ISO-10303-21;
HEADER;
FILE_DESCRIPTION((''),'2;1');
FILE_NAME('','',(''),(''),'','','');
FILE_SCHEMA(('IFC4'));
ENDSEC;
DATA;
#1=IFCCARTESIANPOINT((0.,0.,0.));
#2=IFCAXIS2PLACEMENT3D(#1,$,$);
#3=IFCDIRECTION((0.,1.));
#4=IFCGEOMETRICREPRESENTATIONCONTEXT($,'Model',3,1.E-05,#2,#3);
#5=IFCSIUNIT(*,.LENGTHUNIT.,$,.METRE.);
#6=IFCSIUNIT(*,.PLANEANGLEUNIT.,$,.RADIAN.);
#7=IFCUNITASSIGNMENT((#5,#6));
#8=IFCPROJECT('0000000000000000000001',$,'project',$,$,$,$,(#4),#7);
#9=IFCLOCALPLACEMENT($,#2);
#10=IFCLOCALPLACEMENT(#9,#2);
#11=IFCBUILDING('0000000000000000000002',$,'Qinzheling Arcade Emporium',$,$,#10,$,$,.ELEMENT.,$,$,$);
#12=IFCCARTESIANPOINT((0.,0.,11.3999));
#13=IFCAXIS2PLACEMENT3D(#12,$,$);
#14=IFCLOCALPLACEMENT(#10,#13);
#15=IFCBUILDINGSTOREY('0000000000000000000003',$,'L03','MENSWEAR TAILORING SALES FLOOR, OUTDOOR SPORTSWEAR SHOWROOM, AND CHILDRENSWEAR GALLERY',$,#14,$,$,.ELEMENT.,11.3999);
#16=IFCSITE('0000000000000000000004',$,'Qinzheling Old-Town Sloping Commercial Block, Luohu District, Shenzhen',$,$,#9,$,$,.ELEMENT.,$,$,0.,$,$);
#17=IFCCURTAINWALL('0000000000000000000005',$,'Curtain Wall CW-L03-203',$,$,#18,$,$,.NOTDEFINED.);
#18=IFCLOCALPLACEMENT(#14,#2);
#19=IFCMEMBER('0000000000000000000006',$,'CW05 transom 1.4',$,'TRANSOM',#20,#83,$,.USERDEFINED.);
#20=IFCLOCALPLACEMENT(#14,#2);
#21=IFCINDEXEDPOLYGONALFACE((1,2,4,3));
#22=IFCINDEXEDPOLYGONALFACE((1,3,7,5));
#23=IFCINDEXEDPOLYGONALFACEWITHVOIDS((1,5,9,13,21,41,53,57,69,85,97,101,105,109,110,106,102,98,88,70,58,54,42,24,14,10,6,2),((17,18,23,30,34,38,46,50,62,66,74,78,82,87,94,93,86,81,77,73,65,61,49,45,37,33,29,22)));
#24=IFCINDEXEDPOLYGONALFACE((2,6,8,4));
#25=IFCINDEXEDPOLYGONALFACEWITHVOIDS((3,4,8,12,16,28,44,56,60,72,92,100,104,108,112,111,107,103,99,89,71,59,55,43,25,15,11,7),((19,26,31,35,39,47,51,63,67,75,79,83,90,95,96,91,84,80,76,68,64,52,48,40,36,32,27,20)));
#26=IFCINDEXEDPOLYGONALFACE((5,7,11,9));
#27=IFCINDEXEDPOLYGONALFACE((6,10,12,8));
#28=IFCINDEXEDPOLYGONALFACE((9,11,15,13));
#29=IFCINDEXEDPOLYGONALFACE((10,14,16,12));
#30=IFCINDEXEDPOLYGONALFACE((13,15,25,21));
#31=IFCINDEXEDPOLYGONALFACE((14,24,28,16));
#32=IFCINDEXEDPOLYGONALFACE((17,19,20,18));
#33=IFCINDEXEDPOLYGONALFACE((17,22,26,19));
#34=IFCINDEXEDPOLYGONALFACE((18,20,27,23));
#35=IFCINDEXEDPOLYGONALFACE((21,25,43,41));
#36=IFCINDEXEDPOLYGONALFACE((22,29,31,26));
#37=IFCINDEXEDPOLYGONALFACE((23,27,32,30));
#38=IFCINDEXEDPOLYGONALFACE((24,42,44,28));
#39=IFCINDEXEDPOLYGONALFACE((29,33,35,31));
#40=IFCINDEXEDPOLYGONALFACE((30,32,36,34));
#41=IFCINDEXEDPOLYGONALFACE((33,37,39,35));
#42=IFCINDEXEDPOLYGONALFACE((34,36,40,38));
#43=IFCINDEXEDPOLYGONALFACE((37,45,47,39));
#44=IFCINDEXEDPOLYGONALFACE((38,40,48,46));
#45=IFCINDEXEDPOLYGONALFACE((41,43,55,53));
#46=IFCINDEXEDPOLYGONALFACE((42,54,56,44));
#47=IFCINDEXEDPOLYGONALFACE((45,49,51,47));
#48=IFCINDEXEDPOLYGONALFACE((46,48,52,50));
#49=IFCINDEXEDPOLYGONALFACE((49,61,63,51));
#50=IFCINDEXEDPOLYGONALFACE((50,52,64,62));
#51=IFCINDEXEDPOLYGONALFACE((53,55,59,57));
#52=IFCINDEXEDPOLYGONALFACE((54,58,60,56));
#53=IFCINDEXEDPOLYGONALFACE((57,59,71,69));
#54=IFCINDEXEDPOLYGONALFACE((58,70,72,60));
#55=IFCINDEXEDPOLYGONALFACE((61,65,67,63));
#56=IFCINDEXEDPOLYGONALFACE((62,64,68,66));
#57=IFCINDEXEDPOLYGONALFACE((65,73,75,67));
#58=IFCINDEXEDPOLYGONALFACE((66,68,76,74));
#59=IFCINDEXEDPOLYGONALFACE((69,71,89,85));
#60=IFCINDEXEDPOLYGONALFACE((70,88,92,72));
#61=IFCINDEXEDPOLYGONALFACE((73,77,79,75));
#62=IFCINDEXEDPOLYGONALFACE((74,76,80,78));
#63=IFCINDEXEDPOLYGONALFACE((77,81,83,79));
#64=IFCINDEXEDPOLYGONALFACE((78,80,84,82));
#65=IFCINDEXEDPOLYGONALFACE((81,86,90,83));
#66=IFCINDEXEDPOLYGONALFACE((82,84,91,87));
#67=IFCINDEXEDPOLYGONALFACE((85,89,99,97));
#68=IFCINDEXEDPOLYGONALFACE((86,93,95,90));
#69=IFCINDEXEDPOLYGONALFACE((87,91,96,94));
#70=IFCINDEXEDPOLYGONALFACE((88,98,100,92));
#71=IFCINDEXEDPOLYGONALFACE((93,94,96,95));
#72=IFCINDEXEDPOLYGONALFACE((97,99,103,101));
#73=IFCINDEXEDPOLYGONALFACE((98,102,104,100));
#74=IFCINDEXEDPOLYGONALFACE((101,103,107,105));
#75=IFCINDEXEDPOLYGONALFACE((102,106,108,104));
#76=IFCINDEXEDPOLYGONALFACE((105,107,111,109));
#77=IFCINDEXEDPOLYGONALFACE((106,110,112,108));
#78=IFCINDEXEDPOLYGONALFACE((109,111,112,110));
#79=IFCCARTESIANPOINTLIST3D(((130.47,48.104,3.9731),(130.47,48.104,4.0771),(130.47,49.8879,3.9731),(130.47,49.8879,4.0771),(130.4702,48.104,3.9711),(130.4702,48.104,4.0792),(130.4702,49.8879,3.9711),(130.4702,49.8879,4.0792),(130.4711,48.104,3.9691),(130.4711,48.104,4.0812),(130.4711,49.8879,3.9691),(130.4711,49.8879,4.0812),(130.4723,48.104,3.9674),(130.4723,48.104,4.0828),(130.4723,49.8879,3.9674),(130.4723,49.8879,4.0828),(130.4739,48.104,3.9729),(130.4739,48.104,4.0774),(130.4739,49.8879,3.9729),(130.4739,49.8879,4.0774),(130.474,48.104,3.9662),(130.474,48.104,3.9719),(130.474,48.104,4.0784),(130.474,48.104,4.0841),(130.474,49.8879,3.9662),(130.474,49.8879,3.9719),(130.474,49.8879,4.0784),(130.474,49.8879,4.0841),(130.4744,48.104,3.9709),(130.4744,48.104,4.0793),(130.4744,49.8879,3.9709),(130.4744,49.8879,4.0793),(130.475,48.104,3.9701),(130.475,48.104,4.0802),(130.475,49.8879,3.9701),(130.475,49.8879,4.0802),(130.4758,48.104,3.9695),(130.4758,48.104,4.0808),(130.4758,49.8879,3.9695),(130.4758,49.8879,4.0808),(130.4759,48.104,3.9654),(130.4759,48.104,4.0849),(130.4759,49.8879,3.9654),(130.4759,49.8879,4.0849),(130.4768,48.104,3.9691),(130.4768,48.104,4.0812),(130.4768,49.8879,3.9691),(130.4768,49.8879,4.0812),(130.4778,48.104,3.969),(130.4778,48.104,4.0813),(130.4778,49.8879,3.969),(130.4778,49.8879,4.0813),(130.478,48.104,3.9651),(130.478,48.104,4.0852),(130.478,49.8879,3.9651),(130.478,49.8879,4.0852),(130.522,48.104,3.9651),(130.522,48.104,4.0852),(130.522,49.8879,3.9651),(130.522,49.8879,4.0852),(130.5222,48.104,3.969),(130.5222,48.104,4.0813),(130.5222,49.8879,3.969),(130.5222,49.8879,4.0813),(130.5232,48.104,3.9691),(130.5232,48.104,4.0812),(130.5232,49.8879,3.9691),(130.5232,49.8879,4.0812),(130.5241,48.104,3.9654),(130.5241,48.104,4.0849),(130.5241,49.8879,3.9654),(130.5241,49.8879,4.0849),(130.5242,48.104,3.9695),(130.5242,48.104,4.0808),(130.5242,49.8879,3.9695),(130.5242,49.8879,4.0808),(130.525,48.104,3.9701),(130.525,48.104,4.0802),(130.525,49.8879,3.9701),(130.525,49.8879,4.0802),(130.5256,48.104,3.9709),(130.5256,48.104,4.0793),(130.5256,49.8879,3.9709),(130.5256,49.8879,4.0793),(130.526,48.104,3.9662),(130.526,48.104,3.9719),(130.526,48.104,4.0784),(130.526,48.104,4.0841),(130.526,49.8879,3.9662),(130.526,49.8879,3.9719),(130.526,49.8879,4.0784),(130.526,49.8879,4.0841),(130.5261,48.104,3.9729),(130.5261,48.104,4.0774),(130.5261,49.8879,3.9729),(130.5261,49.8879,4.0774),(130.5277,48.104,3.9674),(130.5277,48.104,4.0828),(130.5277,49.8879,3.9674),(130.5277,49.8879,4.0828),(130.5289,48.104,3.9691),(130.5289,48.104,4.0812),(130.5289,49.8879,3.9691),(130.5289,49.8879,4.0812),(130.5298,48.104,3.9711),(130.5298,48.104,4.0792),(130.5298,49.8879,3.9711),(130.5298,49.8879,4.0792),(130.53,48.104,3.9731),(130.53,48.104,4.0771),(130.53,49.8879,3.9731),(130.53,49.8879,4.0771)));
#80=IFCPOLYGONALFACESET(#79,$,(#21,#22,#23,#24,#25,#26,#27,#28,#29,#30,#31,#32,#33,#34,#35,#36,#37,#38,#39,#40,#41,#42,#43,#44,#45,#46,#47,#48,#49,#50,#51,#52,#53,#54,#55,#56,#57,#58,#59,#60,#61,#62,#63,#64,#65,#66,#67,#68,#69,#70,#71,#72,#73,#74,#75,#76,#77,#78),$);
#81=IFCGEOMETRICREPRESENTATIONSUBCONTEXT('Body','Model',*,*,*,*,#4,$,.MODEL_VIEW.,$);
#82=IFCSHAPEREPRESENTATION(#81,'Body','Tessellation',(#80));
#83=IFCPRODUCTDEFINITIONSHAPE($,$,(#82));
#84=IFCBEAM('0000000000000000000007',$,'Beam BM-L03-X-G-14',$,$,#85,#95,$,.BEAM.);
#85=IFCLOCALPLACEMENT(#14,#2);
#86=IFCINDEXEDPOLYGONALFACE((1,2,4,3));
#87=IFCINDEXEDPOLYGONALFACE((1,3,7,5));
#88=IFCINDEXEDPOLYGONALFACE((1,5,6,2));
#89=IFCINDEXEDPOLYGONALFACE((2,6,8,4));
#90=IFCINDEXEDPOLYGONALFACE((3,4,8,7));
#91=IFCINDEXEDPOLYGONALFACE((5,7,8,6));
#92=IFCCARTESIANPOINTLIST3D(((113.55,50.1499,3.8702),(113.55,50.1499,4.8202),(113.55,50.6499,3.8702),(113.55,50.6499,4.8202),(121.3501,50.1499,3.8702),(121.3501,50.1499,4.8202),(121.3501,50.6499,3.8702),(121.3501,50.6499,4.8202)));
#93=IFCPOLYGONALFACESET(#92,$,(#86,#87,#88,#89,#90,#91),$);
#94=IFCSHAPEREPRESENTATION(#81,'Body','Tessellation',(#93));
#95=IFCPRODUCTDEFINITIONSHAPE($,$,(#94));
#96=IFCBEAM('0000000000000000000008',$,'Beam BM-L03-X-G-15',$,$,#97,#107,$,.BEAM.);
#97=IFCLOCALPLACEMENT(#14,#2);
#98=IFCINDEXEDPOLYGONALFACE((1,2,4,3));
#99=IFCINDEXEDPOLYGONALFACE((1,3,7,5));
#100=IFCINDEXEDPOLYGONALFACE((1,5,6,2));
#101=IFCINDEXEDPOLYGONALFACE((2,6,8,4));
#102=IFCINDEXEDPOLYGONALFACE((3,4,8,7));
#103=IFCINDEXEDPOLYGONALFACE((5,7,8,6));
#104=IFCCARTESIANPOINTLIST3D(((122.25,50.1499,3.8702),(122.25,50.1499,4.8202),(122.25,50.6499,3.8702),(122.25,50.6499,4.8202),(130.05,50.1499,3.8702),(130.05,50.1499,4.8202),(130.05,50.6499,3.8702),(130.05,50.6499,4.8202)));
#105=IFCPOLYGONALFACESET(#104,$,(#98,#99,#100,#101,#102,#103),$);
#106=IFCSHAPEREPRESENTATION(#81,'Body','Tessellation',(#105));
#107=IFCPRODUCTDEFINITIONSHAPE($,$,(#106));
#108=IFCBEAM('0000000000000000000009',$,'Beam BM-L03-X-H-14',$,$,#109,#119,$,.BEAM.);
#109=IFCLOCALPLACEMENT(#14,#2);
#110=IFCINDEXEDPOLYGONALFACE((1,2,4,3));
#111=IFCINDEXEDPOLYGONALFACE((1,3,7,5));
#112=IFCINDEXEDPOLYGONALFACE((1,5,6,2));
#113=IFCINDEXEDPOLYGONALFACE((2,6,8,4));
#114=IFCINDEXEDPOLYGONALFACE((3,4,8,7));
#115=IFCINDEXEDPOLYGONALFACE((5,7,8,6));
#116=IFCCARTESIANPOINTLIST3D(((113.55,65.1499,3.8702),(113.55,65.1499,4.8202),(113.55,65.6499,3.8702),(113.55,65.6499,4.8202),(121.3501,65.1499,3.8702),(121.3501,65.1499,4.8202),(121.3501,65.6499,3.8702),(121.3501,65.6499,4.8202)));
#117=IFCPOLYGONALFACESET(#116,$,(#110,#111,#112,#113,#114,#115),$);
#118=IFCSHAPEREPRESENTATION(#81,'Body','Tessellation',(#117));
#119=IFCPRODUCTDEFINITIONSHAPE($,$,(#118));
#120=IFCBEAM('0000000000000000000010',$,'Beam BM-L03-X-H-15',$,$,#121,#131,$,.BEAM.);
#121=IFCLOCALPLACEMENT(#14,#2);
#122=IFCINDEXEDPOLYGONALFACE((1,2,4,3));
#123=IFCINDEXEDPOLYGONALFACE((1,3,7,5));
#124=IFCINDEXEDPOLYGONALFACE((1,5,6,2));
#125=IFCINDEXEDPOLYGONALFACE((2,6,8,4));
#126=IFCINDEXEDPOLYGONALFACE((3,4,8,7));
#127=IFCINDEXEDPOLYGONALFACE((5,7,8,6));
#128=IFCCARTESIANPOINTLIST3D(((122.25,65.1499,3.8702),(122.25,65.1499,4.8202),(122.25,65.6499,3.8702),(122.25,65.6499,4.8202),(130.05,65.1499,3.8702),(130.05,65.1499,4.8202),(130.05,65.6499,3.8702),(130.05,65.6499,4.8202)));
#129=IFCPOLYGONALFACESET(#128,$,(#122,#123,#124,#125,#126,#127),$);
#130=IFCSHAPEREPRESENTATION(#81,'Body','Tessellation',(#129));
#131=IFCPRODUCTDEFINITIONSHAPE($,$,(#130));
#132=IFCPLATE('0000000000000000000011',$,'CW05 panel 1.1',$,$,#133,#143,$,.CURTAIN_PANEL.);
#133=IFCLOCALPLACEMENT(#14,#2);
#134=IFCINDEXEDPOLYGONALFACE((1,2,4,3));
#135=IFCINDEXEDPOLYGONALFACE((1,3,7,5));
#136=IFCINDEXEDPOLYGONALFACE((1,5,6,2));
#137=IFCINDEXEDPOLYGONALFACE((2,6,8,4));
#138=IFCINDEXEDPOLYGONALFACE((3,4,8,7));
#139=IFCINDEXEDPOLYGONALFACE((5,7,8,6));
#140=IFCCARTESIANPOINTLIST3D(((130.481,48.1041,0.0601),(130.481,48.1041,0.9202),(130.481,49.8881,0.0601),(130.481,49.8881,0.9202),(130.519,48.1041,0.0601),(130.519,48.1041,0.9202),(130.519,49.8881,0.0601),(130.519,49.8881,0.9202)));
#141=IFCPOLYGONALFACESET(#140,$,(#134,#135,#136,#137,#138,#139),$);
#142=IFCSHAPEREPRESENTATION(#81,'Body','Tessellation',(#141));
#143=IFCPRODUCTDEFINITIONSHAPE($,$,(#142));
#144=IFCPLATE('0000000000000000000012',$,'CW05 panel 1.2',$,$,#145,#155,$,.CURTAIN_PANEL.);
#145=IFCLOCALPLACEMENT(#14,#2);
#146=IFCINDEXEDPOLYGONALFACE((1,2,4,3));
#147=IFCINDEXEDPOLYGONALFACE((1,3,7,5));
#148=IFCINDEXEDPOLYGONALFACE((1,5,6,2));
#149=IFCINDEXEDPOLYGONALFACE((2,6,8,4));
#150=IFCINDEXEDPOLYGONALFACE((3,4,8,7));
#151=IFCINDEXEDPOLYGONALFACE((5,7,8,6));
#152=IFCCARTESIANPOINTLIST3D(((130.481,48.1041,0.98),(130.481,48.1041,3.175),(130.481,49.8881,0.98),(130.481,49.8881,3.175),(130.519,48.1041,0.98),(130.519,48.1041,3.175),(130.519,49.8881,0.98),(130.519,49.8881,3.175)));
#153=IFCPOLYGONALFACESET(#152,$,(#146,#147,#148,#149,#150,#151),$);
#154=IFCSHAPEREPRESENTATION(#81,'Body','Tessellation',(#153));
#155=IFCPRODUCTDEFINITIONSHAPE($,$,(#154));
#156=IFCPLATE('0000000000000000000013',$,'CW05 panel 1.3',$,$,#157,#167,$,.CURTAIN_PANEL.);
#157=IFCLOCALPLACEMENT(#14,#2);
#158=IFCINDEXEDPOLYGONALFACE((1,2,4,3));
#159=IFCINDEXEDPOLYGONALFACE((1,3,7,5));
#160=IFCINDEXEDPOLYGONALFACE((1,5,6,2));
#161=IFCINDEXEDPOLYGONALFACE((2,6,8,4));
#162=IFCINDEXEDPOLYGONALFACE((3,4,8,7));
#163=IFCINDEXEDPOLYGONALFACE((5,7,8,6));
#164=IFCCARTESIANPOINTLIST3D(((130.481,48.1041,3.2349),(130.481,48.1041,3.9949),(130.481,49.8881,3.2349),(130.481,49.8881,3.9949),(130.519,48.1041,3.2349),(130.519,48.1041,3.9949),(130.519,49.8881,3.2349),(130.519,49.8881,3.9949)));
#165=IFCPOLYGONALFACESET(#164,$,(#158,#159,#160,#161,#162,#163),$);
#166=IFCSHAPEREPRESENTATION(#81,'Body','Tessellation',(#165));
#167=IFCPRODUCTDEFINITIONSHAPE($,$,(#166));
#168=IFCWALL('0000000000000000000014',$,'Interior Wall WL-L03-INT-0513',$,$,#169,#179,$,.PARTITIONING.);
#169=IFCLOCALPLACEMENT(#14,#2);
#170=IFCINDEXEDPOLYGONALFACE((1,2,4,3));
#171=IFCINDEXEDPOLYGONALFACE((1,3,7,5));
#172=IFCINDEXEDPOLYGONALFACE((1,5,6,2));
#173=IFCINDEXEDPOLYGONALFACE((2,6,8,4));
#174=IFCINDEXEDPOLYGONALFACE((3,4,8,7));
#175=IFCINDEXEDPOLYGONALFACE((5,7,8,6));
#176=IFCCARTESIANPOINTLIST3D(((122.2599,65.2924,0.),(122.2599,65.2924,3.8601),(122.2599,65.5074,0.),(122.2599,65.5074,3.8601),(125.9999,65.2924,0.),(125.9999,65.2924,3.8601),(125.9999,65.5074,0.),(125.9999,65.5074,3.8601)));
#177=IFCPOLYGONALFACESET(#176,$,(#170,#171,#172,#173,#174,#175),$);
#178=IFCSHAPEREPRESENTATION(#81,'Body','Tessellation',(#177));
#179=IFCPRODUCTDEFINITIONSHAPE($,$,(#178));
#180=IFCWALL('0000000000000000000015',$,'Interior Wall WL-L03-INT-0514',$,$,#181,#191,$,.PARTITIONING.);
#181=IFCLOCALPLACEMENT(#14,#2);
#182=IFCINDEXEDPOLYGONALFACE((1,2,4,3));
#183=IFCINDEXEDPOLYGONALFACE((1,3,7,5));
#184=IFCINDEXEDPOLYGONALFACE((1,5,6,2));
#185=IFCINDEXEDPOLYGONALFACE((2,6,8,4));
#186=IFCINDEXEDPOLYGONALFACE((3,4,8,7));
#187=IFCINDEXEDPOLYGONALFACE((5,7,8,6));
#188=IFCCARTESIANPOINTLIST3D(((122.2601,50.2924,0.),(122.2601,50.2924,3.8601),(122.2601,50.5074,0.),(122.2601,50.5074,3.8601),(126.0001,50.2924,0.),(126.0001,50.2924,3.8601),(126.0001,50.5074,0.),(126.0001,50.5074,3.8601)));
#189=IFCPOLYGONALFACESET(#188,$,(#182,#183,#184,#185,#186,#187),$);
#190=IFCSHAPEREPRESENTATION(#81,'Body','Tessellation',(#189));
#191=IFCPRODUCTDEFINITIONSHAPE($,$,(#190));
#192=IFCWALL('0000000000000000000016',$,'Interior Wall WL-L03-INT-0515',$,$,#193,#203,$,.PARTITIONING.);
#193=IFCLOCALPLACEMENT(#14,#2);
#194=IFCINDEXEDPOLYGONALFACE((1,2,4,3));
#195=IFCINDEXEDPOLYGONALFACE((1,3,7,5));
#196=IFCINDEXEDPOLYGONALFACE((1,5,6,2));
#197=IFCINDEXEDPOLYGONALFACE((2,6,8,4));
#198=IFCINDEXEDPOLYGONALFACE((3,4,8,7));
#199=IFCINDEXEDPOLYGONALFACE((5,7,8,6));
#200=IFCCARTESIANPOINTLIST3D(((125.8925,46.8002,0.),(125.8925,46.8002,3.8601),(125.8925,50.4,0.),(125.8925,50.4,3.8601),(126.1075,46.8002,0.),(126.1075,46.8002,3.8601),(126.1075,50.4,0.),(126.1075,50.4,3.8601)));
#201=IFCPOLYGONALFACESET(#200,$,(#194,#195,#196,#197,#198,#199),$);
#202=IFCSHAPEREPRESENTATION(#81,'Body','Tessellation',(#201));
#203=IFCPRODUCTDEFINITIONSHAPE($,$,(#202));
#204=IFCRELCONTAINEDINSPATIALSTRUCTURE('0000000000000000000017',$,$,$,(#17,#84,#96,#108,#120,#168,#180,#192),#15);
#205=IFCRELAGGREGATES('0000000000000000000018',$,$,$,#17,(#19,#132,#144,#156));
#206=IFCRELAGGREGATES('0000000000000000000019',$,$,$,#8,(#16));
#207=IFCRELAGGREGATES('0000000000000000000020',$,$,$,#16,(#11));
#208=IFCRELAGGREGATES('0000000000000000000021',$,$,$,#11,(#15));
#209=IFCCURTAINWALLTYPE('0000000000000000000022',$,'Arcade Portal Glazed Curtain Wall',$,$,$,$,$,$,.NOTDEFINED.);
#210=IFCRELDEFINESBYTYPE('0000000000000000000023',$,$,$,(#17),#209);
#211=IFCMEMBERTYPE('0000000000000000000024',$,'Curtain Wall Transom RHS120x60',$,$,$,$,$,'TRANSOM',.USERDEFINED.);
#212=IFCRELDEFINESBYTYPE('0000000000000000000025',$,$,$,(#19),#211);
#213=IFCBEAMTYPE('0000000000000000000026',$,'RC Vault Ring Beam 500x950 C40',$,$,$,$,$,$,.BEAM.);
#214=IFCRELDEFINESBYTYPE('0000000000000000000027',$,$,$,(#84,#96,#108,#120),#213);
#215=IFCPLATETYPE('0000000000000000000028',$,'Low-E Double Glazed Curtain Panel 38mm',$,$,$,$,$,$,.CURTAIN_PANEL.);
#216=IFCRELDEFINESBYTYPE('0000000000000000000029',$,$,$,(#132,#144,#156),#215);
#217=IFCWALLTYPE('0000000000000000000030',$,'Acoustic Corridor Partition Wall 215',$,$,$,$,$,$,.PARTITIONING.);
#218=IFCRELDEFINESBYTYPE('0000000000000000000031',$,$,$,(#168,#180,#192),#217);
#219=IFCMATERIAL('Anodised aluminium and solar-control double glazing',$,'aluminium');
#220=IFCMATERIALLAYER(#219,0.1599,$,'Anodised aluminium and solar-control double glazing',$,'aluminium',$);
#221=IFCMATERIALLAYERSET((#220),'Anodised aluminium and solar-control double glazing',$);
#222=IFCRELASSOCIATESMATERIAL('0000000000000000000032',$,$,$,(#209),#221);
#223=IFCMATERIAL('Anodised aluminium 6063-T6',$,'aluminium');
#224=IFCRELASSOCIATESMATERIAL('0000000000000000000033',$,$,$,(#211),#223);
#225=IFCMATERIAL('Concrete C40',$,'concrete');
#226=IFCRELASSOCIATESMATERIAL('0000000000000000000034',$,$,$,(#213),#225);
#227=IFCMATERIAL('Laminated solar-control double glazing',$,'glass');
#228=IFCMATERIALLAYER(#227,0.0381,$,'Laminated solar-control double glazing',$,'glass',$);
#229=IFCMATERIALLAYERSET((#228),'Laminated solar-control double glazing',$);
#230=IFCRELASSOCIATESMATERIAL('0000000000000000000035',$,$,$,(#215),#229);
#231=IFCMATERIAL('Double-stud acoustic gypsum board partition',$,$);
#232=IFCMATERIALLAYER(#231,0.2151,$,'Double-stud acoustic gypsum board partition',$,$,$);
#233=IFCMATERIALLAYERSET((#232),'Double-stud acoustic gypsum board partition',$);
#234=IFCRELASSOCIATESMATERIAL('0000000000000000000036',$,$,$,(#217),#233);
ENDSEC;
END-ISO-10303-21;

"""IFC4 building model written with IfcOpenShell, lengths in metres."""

from ifc_helpers import new_model, si_unit, direction, frame, frame_2d, origin, origin_2d, place, context, subcontext, project, spatial, rectangle, hollow_rectangle, extrude, material, layer, layer_set, material_profile, profile_set, type_object, element, aggregate, save


model = new_model("IFC4")

# Units and contexts
model_context = context("Model", 3, precision=1e-05, world=origin(), true_north=direction((0.0, 1.0)))
body_context = subcontext(model_context, "Body", "Model", "MODEL_VIEW")
ifc_project = project(units=[si_unit("LENGTHUNIT", "METRE"), si_unit("PLANEANGLEUNIT", "RADIAN")], contexts=[model_context])

# Site, building, storey
site_placement = place(None, origin())
site = spatial("IfcSite", under=ifc_project, at=site_placement, Name="Qinzheling Old-Town Sloping Commercial Block, Luohu District, Shenzhen", CompositionType="ELEMENT", RefElevation=0.0)
building_placement = place(site_placement, origin())
building = spatial("IfcBuilding", under=site, at=building_placement, Name="Qinzheling Arcade Emporium", CompositionType="ELEMENT")
storey_placement = place(building_placement, frame((0.0, 0.0, 11.3999)))
storey = spatial("IfcBuildingStorey", under=building, at=storey_placement, Name="L03", Description="MENSWEAR TAILORING SALES FLOOR, OUTDOOR SPORTSWEAR SHOWROOM, AND CHILDRENSWEAR GALLERY", CompositionType="ELEMENT", Elevation=11.3999)

# Curtain wall, member
ifc_material_1 = material(Name="Anodised aluminium and solar-control double glazing", Category="aluminium")
ifc_layer_1 = layer(ifc_material_1, 0.1599, Name="Anodised aluminium and solar-control double glazing", Category="aluminium")
ifc_layer_set_1 = layer_set([ifc_layer_1], Name="Anodised aluminium and solar-control double glazing")
curtain_wall_type = type_object("IfcCurtainWallType", Name="Arcade Portal Glazed Curtain Wall", PredefinedType="NOTDEFINED", material=ifc_layer_set_1)
curtain_wall_placement = place(storey_placement, origin())
curtain_wall = element("IfcCurtainWall", 1, at=curtain_wall_placement, inside=storey, type_object=curtain_wall_type, Name="Curtain Wall CW-L03-203", PredefinedType="NOTDEFINED")
ifc_material_2 = material(Name="Anodised aluminium 6063-T6", Category="aluminium")
ifc_material_profile_1 = material_profile(ifc_material_2, hollow_rectangle(XDim=0.0601, YDim=0.1201, WallThickness=0.0039, InnerFilletRadius=0.0039, OuterFilletRadius=0.0081, at=origin_2d()), Name="RHS 120x60x4", Category="aluminium")
ifc_profile_set_1 = profile_set([ifc_material_profile_1], Name="Anodised aluminium 6063-T6")
member_type = type_object("IfcMemberType", Name="Curtain Wall Transom RHS120x60", ElementType="TRANSOM", PredefinedType="USERDEFINED", material=ifc_profile_set_1)
member_1_placement = place(storey_placement, frame((130.5, 49.8879, 4.0251), z_axis=(0.0, -1.0, 0.0), x_axis=(1.0, 0.0, 0.0)))
member_1 = element("IfcMember", 2, at=member_1_placement, type_object=member_type, Name="CW05 transom 1.4", ObjectType="TRANSOM", PredefinedType="USERDEFINED", context=body_context, shape_type="SweptSolid", body=[
    extrude(hollow_rectangle(XDim=0.0601, YDim=0.1201, WallThickness=0.0039, InnerFilletRadius=0.0039, OuterFilletRadius=0.0081, at=origin_2d()), origin(), (0.0, 0.0, 1.0), 1.7839),
])

# Beams
ifc_material_3 = material(Name="Concrete C40", Category="concrete")
ifc_material_profile_2 = material_profile(ifc_material_3, rectangle(XDim=0.5, YDim=0.95, at=origin_2d()), Name="RC 500x950", Category="concrete")
ifc_profile_set_2 = profile_set([ifc_material_profile_2], Name="Concrete C40")
beam_type_1 = type_object("IfcBeamType", Name="RC Vault Ring Beam 500x950 C40", PredefinedType="BEAM", material=ifc_profile_set_2)
for number, where, z_axis, x_axis, name in (
    (3, (113.55, 50.3999, 4.3452), (1.0, 0.0, 0.0), (0.0, 1.0, 0.0), "Beam BM-L03-X-G-14"),
    (4, (122.25, 50.3999, 4.3452), (1.0, 0.0, 0.0), (0.0, 1.0, 0.0), "Beam BM-L03-X-G-15"),
    (5, (113.55, 65.3999, 4.3452), (1.0, 0.0, 0.0), (0.0, 1.0, 0.0), "Beam BM-L03-X-H-14"),
    (6, (122.25, 65.3999, 4.3452), (1.0, 0.0, 0.0), (0.0, 1.0, 0.0), "Beam BM-L03-X-H-15"),
):
    element("IfcBeam", number, at=place(storey_placement, frame(where, z_axis=z_axis, x_axis=x_axis)), inside=storey, type_object=beam_type_1, Name=name, PredefinedType="BEAM", context=body_context, shape_type="SweptSolid", body=[
        extrude(rectangle(XDim=0.5, YDim=0.95, at=origin_2d()), origin(), (0.0, 0.0, 1.0), 7.8),
    ])

# Plates
ifc_material_4 = material(Name="Laminated solar-control double glazing", Category="glass")
ifc_layer_2 = layer(ifc_material_4, 0.0381, Name="Laminated solar-control double glazing", Category="glass")
ifc_layer_set_2 = layer_set([ifc_layer_2], Name="Laminated solar-control double glazing")
plate_type = type_object("IfcPlateType", Name="Low-E Double Glazed Curtain Panel 38mm", PredefinedType="CURTAIN_PANEL", material=ifc_layer_set_2)
plate_1_placement = place(storey_placement, frame((130.5, 48.9961, 0.0601), z_axis=(0.0, 0.0, 1.0), x_axis=(0.0, -1.0, 0.0)))
plate_1 = element("IfcPlate", 7, at=plate_1_placement, type_object=plate_type, Name="CW05 panel 1.1", PredefinedType="CURTAIN_PANEL", context=body_context, shape_type="SweptSolid", body=[
    extrude(rectangle(XDim=1.7839, YDim=0.0381, at=origin_2d()), origin(), (0.0, 0.0, 1.0), 0.8601),
])
plate_2_placement = place(storey_placement, frame((130.5, 48.9961, 0.98), z_axis=(0.0, 0.0, 1.0), x_axis=(0.0, -1.0, 0.0)))
plate_2 = element("IfcPlate", 8, at=plate_2_placement, type_object=plate_type, Name="CW05 panel 1.2", PredefinedType="CURTAIN_PANEL", context=body_context, shape_type="SweptSolid", body=[
    extrude(rectangle(XDim=1.7839, YDim=0.0381, at=origin_2d()), origin(), (0.0, 0.0, 1.0), 2.1951),
])
plate_3_placement = place(storey_placement, frame((130.5, 48.9961, 3.2349), z_axis=(0.0, 0.0, 1.0), x_axis=(0.0, -1.0, 0.0)))
plate_3 = element("IfcPlate", 9, at=plate_3_placement, type_object=plate_type, Name="CW05 panel 1.3", PredefinedType="CURTAIN_PANEL", context=body_context, shape_type="SweptSolid", body=[
    extrude(rectangle(XDim=1.7839, YDim=0.0381, at=origin_2d()), origin(), (0.0, 0.0, 1.0), 0.76),
])
aggregate(curtain_wall, [member_1, plate_1, plate_2, plate_3])

# Walls
ifc_material_5 = material(Name="Double-stud acoustic gypsum board partition")
ifc_layer_3 = layer(ifc_material_5, 0.2151, Name="Double-stud acoustic gypsum board partition")
ifc_layer_set_3 = layer_set([ifc_layer_3], Name="Double-stud acoustic gypsum board partition")
wall_type = type_object("IfcWallType", Name="Acoustic Corridor Partition Wall 215", PredefinedType="PARTITIONING", material=ifc_layer_set_3)
for number, where, z_axis, x_axis, name in (
    (10, (126.0, 65.3999, 0.0), (0.0, 0.0, 1.0), (-1.0, 0.0, 0.0), "Interior Wall WL-L03-INT-0513"),
    (11, (122.26, 50.3999, 0.0), (0.0, 0.0, 1.0), (1.0, 0.0, 0.0), "Interior Wall WL-L03-INT-0514"),
):
    element("IfcWall", number, at=place(storey_placement, frame(where, z_axis=z_axis, x_axis=x_axis)), inside=storey, type_object=wall_type, Name=name, PredefinedType="PARTITIONING", context=body_context, shape_type="SweptSolid", body=[
        extrude(rectangle(XDim=3.74, YDim=0.2151, at=frame_2d((1.8701, 0.0))), origin(), (0.0, 0.0, 1.0), 3.8601),
    ])
wall_placement = place(storey_placement, frame((126.0, 50.3999, 0.0), z_axis=(0.0, 0.0, 1.0), x_axis=(0.0, -1.0, 0.0)))
element("IfcWall", 12, at=wall_placement, inside=storey, type_object=wall_type, Name="Interior Wall WL-L03-INT-0515", PredefinedType="PARTITIONING", context=body_context, shape_type="SweptSolid", body=[
    extrude(rectangle(XDim=3.5999, YDim=0.2151, at=frame_2d((1.7998, 0.0))), origin(), (0.0, 0.0, 1.0), 3.8601),
])

save(model, "model.ifc")
